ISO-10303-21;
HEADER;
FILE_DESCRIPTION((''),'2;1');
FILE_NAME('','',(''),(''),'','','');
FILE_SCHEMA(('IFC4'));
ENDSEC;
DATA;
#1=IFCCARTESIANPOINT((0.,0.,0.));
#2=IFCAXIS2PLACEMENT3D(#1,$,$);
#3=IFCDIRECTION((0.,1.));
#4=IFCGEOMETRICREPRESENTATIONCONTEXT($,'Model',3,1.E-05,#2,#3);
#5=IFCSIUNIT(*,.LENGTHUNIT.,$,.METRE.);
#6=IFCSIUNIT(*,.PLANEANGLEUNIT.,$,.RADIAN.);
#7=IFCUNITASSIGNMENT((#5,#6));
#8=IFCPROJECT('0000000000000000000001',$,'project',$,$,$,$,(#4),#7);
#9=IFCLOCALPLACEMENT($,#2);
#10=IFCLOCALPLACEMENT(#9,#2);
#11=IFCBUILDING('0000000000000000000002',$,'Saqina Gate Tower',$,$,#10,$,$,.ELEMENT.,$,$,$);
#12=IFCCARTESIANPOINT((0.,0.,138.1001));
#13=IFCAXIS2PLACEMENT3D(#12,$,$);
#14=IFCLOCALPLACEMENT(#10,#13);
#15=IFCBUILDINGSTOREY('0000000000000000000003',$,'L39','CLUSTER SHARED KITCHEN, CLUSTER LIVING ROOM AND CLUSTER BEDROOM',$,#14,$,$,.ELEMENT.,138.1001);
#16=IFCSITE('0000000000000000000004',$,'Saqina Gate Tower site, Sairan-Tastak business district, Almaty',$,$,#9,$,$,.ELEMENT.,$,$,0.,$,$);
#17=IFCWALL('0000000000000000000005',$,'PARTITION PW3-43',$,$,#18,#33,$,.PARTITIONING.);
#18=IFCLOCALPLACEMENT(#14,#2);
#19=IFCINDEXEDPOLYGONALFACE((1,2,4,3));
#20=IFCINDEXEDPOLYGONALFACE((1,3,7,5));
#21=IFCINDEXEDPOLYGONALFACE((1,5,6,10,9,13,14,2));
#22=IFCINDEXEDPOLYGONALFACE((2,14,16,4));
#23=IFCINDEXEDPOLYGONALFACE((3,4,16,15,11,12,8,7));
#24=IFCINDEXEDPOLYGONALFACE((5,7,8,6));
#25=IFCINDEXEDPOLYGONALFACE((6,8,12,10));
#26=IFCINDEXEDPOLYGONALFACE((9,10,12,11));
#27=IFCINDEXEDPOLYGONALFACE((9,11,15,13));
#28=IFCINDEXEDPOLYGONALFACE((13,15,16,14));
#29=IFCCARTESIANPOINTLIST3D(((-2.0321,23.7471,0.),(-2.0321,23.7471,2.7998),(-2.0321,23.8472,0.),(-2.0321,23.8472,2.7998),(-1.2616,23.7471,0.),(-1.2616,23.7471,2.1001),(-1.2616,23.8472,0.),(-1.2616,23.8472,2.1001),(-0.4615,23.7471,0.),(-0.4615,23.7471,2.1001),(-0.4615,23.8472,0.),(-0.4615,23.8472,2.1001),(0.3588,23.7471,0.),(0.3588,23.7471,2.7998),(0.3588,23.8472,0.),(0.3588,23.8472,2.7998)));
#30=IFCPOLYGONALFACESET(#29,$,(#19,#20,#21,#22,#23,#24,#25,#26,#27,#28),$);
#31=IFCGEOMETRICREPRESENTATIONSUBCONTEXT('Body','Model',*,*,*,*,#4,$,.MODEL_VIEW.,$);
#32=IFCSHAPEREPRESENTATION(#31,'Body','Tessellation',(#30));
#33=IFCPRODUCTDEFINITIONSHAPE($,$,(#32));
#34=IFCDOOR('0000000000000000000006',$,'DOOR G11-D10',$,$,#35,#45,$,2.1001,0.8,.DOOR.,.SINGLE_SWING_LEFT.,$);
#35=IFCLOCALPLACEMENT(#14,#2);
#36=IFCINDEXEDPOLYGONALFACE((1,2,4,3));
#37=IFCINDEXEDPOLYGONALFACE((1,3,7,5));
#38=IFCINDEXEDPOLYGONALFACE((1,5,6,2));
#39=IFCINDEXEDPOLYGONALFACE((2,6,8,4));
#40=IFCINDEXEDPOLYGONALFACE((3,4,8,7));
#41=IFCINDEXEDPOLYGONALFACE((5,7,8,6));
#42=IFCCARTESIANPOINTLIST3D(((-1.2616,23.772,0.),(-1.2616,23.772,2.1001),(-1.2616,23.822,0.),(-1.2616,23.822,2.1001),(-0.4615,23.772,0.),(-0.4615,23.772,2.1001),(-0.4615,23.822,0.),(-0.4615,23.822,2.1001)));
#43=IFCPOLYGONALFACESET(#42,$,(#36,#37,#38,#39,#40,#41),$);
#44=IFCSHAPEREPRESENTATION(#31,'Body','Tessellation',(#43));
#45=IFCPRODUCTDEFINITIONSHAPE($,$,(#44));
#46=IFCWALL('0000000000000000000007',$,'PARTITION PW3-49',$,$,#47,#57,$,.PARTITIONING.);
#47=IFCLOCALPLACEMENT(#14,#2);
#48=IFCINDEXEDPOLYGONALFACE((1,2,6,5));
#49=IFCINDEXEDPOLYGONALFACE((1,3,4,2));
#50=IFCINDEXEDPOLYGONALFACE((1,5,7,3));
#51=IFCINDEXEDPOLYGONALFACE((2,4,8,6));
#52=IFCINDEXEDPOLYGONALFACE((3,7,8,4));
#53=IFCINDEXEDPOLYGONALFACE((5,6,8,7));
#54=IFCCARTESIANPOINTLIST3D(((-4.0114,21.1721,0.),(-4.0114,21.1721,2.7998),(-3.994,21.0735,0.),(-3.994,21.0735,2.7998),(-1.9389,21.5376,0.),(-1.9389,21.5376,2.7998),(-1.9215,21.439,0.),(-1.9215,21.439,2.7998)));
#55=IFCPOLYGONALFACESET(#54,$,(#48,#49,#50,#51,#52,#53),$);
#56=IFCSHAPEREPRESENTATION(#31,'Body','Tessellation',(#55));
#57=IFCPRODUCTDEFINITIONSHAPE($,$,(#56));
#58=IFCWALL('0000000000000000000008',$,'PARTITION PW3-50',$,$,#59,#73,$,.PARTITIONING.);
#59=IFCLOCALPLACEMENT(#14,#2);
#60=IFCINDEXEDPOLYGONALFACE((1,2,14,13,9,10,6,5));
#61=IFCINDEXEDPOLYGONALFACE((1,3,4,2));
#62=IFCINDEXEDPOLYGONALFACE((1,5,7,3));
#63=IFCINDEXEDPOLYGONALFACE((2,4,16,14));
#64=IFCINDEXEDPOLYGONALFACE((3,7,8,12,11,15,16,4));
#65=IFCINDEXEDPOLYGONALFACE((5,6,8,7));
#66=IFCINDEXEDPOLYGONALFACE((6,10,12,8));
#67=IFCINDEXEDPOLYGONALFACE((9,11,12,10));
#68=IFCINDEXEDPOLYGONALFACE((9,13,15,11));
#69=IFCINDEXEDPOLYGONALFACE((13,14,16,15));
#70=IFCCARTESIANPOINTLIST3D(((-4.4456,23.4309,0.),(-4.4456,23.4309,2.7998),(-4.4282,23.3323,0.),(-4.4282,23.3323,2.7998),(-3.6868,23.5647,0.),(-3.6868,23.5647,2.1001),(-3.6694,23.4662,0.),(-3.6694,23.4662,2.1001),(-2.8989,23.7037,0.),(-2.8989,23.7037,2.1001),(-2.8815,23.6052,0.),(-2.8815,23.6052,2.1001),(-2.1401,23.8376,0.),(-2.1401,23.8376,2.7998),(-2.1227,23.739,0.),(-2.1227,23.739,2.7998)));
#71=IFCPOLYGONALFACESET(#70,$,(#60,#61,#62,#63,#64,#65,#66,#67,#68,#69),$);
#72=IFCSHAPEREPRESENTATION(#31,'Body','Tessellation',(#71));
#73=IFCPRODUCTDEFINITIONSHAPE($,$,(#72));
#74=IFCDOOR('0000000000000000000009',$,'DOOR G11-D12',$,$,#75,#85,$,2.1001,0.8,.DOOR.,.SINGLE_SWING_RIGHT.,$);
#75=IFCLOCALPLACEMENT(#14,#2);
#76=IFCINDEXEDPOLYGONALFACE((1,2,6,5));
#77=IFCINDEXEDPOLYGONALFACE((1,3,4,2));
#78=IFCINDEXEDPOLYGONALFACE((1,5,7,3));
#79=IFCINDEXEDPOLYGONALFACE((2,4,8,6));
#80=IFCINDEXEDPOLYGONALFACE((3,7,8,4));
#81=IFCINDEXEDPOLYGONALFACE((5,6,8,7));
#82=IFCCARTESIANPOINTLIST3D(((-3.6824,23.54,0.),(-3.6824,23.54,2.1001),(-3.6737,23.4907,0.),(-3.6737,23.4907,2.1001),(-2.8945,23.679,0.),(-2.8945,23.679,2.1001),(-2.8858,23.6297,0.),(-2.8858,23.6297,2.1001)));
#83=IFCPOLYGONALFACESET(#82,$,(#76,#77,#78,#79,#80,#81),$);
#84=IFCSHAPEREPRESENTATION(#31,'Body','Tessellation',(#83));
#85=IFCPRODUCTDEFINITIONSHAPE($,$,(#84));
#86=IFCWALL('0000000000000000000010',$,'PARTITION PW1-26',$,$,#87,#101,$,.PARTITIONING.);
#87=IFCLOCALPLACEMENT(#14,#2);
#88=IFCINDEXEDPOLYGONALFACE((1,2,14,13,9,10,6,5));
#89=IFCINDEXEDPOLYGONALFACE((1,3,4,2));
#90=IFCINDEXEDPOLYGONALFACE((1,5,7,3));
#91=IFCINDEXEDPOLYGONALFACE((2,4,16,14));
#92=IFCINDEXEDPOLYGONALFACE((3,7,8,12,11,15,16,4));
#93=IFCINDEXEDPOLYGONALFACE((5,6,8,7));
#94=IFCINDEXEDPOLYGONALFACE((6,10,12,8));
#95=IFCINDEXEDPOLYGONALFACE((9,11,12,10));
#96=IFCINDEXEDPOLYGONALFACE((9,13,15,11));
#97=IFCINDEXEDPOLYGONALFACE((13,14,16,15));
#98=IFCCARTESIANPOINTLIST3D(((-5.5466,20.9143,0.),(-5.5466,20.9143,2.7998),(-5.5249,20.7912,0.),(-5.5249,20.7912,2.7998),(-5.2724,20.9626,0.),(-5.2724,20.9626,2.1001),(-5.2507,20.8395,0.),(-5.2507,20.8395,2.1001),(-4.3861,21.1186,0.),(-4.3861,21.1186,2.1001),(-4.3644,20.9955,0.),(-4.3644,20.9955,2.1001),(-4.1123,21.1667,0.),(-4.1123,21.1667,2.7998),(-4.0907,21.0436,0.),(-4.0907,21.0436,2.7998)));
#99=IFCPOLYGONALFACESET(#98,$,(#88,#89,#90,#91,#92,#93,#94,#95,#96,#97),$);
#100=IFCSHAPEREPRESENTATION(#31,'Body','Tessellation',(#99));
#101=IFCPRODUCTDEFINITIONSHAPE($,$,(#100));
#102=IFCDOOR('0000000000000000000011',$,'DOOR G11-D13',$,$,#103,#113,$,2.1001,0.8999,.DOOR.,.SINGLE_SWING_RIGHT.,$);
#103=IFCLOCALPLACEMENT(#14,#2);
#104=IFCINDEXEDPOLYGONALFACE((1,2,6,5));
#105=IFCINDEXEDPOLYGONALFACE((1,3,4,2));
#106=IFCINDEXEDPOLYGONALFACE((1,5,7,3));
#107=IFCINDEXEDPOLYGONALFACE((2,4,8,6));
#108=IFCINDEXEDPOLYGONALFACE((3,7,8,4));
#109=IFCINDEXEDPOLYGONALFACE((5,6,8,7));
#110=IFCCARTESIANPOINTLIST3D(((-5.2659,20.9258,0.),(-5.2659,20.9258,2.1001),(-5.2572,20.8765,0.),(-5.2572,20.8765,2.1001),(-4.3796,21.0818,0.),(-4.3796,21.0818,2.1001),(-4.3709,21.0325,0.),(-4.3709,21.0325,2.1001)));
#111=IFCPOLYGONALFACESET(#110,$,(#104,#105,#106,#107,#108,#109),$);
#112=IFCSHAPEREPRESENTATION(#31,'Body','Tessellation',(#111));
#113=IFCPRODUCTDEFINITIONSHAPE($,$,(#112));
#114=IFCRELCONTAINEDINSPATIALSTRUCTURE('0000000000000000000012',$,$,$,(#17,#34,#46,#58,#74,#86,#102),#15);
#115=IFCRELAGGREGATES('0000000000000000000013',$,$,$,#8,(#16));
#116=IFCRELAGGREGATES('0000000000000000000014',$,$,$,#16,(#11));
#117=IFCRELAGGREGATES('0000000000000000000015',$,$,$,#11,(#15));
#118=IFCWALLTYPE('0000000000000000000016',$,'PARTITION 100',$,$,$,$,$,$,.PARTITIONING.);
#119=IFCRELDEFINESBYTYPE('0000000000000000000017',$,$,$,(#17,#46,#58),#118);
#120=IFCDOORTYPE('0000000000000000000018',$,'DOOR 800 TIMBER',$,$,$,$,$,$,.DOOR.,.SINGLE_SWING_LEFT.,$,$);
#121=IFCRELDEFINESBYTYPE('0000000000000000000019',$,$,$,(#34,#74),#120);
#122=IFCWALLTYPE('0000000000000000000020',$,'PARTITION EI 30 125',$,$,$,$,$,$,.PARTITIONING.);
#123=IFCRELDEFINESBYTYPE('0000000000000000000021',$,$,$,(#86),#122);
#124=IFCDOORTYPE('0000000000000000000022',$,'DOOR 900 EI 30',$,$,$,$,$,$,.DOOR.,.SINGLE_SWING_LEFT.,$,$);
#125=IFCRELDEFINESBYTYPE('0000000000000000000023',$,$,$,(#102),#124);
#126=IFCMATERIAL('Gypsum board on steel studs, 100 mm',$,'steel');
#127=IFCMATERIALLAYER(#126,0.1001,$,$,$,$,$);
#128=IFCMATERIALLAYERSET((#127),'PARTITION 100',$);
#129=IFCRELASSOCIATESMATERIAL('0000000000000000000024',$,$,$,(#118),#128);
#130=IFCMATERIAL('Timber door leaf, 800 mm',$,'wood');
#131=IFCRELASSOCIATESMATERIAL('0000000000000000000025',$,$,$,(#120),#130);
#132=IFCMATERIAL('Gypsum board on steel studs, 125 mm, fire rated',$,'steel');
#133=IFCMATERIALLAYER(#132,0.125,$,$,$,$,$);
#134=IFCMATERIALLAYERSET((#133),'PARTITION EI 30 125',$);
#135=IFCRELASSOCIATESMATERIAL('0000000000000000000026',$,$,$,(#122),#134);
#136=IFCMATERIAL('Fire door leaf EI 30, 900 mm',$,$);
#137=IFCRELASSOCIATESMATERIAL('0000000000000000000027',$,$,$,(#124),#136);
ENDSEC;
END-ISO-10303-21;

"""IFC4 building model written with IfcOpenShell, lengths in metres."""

from ifc_helpers import new_model, si_unit, direction, frame, frame_2d, origin, place, context, subcontext, project, spatial, rectangle, extrude, material, layer, layer_set, type_object, element, fill, save


model = new_model("IFC4")

# Units and contexts
model_context = context("Model", 3, precision=1e-05, world=origin(), true_north=direction((0.0, 1.0)))
body_context = subcontext(model_context, "Body", "Model", "MODEL_VIEW")
ifc_project = project(units=[si_unit("LENGTHUNIT", "METRE"), si_unit("PLANEANGLEUNIT", "RADIAN")], contexts=[model_context])

# Site, building, storey
site_placement = place(None, origin())
site = spatial("IfcSite", under=ifc_project, at=site_placement, Name="Saqina Gate Tower site, Sairan-Tastak business district, Almaty", CompositionType="ELEMENT", RefElevation=0.0)
building_placement = place(site_placement, origin())
building = spatial("IfcBuilding", under=site, at=building_placement, Name="Saqina Gate Tower", CompositionType="ELEMENT")
storey_placement = place(building_placement, frame((0.0, 0.0, 138.1001)))
storey = spatial("IfcBuildingStorey", under=building, at=storey_placement, Name="L39", Description="CLUSTER SHARED KITCHEN, CLUSTER LIVING ROOM AND CLUSTER BEDROOM", CompositionType="ELEMENT", Elevation=138.1001)

# Shared definitions
ifc_material_1 = material(Name="Gypsum board on steel studs, 100 mm", Category="steel")
ifc_layer_1 = layer(ifc_material_1, 0.1001)
ifc_layer_set_1 = layer_set([ifc_layer_1], Name="PARTITION 100")
wall_type_1 = type_object("IfcWallType", Name="PARTITION 100", PredefinedType="PARTITIONING", material=ifc_layer_set_1)

# Wall, opening, door
wall_1_placement = place(storey_placement, frame((-2.032, 23.7971, 0.0), z_axis=(0.0, 0.0, 1.0), x_axis=(1.0, 0.0, 0.0)))
wall_1 = element("IfcWall", 1, at=wall_1_placement, inside=storey, type_object=wall_type_1, Name="PARTITION PW3-43", PredefinedType="PARTITIONING", context=body_context, shape_type="SweptSolid", body=[
    extrude(rectangle(XDim=2.3909, YDim=0.1001, at=frame_2d((1.1953, 0.0))), origin(), (0.0, 0.0, 1.0), 2.7998),
])
opening_1_placement = place(wall_1_placement, frame((0.7705, 0.0, 0.0)))
opening_1 = element("IfcOpeningElement", 2, at=opening_1_placement, cuts=wall_1, PredefinedType="OPENING", context=body_context, shape_type="SweptSolid", body=[
    extrude(rectangle(XDim=0.8, YDim=2.1001, at=frame_2d((0.3999, 1.05))), frame((0.0, 0.062, 0.0), z_axis=(0.0, -1.0, 0.0), x_axis=(1.0, 0.0, 0.0)), (0.0, 0.0, 1.0), 0.124),
])
ifc_material_2 = material(Name="Timber door leaf, 800 mm", Category="wood")
door_type_1 = type_object("IfcDoorType", Name="DOOR 800 TIMBER", OperationType="SINGLE_SWING_LEFT", PredefinedType="DOOR", material=ifc_material_2)
door_1_placement = place(opening_1_placement, origin())
door_1 = element("IfcDoor", 3, at=door_1_placement, inside=storey, type_object=door_type_1, Name="DOOR G11-D10", OperationType="SINGLE_SWING_LEFT", OverallHeight=2.1001, OverallWidth=0.8, PredefinedType="DOOR", context=body_context, shape_type="SweptSolid", body=[
    extrude(rectangle(XDim=0.8, YDim=2.1001, at=frame_2d((0.3999, 1.05))), frame((0.0, 0.0249, 0.0), z_axis=(0.0, -1.0, 0.0), x_axis=(1.0, 0.0, 0.0)), (0.0, 0.0, 1.0), 0.05),
])
fill(opening_1, door_1)

# Wall
wall_2_placement = place(storey_placement, frame((-4.0027, 21.1228, 0.0), z_axis=(0.0, 0.0, 1.0), x_axis=(0.984805, 0.173666, 0.0)))
element("IfcWall", 4, at=wall_2_placement, inside=storey, type_object=wall_type_1, Name="PARTITION PW3-49", PredefinedType="PARTITIONING", context=body_context, shape_type="SweptSolid", body=[
    extrude(rectangle(XDim=2.1045, YDim=0.1001, at=frame_2d((1.0522, 0.0))), origin(), (0.0, 0.0, 1.0), 2.7998),
])

# Walls, openings, doors
wall_3_placement = place(storey_placement, frame((-4.4368, 23.3816, 0.0), z_axis=(0.0, 0.0, 1.0), x_axis=(0.984791, 0.173744, 0.0)))
wall_3 = element("IfcWall", 5, at=wall_3_placement, inside=storey, type_object=wall_type_1, Name="PARTITION PW3-50", PredefinedType="PARTITIONING", context=body_context, shape_type="SweptSolid", body=[
    extrude(rectangle(XDim=2.3411, YDim=0.1001, at=frame_2d((1.1704, 0.0))), origin(), (0.0, 0.0, 1.0), 2.7998),
])
opening_2_placement = place(wall_3_placement, frame((0.7705, 0.0, 0.0)))
opening_2 = element("IfcOpeningElement", 6, at=opening_2_placement, cuts=wall_3, PredefinedType="OPENING", context=body_context, shape_type="SweptSolid", body=[
    extrude(rectangle(XDim=0.8, YDim=2.1001, at=frame_2d((0.3999, 1.05))), frame((0.0, 0.062, 0.0), z_axis=(0.0, -1.0, 0.0), x_axis=(1.0, 0.0, 0.0)), (0.0, 0.0, 1.0), 0.124),
])
door_2_placement = place(opening_2_placement, origin())
door_2 = element("IfcDoor", 7, at=door_2_placement, inside=storey, type_object=door_type_1, Name="DOOR G11-D12", OperationType="SINGLE_SWING_RIGHT", OverallHeight=2.1001, OverallWidth=0.8, PredefinedType="DOOR", context=body_context, shape_type="SweptSolid", body=[
    extrude(rectangle(XDim=0.8, YDim=2.1001, at=frame_2d((0.3999, 1.05))), frame((0.0, 0.0249, 0.0), z_axis=(0.0, -1.0, 0.0), x_axis=(1.0, 0.0, 0.0)), (0.0, 0.0, 1.0), 0.05),
])
fill(opening_2, door_2)
ifc_material_3 = material(Name="Gypsum board on steel studs, 125 mm, fire rated", Category="steel")
ifc_layer_2 = layer(ifc_material_3, 0.125)
ifc_layer_set_2 = layer_set([ifc_layer_2], Name="PARTITION EI 30 125")
wall_type_2 = type_object("IfcWallType", Name="PARTITION EI 30 125", PredefinedType="PARTITIONING", material=ifc_layer_set_2)
wall_4_placement = place(storey_placement, frame((-5.5356, 20.8528, 0.0), z_axis=(0.0, 0.0, 1.0), x_axis=(0.984863, 0.173336, 0.0)))
wall_4 = element("IfcWall", 8, at=wall_4_placement, inside=storey, type_object=wall_type_2, Name="PARTITION PW1-26", PredefinedType="PARTITIONING", context=body_context, shape_type="SweptSolid", body=[
    extrude(rectangle(XDim=1.4563, YDim=0.125, at=frame_2d((0.728, 0.0))), origin(), (0.0, 0.0, 1.0), 2.7998),
])
opening_3_placement = place(wall_4_placement, frame((0.2783, 0.0, 0.0)))
opening_3 = element("IfcOpeningElement", 9, at=opening_3_placement, cuts=wall_4, PredefinedType="OPENING", context=body_context, shape_type="SweptSolid", body=[
    extrude(rectangle(XDim=0.8999, YDim=2.1001, at=frame_2d((0.45, 1.05))), frame((0.0, 0.0745, 0.0), z_axis=(0.0, -1.0, 0.0), x_axis=(1.0, 0.0, 0.0)), (0.0, 0.0, 1.0), 0.1489),
])
ifc_material_4 = material(Name="Fire door leaf EI 30, 900 mm")
door_type_2 = type_object("IfcDoorType", Name="DOOR 900 EI 30", OperationType="SINGLE_SWING_LEFT", PredefinedType="DOOR", material=ifc_material_4)
door_3_placement = place(opening_3_placement, frame((0.8999, 0.0, 0.0), z_axis=(0.0, 0.0, 1.0), x_axis=(-1.0, 0.0, 0.0)))
door_3 = element("IfcDoor", 10, at=door_3_placement, inside=storey, type_object=door_type_2, Name="DOOR G11-D13", OperationType="SINGLE_SWING_RIGHT", OverallHeight=2.1001, OverallWidth=0.8999, PredefinedType="DOOR", context=body_context, shape_type="SweptSolid", body=[
    extrude(rectangle(XDim=0.8999, YDim=2.1001, at=frame_2d((0.45, 1.05))), frame((0.0, 0.0249, 0.0), z_axis=(0.0, -1.0, 0.0), x_axis=(1.0, 0.0, 0.0)), (0.0, 0.0, 1.0), 0.05),
])
fill(opening_3, door_3)

save(model, "model.ifc")
